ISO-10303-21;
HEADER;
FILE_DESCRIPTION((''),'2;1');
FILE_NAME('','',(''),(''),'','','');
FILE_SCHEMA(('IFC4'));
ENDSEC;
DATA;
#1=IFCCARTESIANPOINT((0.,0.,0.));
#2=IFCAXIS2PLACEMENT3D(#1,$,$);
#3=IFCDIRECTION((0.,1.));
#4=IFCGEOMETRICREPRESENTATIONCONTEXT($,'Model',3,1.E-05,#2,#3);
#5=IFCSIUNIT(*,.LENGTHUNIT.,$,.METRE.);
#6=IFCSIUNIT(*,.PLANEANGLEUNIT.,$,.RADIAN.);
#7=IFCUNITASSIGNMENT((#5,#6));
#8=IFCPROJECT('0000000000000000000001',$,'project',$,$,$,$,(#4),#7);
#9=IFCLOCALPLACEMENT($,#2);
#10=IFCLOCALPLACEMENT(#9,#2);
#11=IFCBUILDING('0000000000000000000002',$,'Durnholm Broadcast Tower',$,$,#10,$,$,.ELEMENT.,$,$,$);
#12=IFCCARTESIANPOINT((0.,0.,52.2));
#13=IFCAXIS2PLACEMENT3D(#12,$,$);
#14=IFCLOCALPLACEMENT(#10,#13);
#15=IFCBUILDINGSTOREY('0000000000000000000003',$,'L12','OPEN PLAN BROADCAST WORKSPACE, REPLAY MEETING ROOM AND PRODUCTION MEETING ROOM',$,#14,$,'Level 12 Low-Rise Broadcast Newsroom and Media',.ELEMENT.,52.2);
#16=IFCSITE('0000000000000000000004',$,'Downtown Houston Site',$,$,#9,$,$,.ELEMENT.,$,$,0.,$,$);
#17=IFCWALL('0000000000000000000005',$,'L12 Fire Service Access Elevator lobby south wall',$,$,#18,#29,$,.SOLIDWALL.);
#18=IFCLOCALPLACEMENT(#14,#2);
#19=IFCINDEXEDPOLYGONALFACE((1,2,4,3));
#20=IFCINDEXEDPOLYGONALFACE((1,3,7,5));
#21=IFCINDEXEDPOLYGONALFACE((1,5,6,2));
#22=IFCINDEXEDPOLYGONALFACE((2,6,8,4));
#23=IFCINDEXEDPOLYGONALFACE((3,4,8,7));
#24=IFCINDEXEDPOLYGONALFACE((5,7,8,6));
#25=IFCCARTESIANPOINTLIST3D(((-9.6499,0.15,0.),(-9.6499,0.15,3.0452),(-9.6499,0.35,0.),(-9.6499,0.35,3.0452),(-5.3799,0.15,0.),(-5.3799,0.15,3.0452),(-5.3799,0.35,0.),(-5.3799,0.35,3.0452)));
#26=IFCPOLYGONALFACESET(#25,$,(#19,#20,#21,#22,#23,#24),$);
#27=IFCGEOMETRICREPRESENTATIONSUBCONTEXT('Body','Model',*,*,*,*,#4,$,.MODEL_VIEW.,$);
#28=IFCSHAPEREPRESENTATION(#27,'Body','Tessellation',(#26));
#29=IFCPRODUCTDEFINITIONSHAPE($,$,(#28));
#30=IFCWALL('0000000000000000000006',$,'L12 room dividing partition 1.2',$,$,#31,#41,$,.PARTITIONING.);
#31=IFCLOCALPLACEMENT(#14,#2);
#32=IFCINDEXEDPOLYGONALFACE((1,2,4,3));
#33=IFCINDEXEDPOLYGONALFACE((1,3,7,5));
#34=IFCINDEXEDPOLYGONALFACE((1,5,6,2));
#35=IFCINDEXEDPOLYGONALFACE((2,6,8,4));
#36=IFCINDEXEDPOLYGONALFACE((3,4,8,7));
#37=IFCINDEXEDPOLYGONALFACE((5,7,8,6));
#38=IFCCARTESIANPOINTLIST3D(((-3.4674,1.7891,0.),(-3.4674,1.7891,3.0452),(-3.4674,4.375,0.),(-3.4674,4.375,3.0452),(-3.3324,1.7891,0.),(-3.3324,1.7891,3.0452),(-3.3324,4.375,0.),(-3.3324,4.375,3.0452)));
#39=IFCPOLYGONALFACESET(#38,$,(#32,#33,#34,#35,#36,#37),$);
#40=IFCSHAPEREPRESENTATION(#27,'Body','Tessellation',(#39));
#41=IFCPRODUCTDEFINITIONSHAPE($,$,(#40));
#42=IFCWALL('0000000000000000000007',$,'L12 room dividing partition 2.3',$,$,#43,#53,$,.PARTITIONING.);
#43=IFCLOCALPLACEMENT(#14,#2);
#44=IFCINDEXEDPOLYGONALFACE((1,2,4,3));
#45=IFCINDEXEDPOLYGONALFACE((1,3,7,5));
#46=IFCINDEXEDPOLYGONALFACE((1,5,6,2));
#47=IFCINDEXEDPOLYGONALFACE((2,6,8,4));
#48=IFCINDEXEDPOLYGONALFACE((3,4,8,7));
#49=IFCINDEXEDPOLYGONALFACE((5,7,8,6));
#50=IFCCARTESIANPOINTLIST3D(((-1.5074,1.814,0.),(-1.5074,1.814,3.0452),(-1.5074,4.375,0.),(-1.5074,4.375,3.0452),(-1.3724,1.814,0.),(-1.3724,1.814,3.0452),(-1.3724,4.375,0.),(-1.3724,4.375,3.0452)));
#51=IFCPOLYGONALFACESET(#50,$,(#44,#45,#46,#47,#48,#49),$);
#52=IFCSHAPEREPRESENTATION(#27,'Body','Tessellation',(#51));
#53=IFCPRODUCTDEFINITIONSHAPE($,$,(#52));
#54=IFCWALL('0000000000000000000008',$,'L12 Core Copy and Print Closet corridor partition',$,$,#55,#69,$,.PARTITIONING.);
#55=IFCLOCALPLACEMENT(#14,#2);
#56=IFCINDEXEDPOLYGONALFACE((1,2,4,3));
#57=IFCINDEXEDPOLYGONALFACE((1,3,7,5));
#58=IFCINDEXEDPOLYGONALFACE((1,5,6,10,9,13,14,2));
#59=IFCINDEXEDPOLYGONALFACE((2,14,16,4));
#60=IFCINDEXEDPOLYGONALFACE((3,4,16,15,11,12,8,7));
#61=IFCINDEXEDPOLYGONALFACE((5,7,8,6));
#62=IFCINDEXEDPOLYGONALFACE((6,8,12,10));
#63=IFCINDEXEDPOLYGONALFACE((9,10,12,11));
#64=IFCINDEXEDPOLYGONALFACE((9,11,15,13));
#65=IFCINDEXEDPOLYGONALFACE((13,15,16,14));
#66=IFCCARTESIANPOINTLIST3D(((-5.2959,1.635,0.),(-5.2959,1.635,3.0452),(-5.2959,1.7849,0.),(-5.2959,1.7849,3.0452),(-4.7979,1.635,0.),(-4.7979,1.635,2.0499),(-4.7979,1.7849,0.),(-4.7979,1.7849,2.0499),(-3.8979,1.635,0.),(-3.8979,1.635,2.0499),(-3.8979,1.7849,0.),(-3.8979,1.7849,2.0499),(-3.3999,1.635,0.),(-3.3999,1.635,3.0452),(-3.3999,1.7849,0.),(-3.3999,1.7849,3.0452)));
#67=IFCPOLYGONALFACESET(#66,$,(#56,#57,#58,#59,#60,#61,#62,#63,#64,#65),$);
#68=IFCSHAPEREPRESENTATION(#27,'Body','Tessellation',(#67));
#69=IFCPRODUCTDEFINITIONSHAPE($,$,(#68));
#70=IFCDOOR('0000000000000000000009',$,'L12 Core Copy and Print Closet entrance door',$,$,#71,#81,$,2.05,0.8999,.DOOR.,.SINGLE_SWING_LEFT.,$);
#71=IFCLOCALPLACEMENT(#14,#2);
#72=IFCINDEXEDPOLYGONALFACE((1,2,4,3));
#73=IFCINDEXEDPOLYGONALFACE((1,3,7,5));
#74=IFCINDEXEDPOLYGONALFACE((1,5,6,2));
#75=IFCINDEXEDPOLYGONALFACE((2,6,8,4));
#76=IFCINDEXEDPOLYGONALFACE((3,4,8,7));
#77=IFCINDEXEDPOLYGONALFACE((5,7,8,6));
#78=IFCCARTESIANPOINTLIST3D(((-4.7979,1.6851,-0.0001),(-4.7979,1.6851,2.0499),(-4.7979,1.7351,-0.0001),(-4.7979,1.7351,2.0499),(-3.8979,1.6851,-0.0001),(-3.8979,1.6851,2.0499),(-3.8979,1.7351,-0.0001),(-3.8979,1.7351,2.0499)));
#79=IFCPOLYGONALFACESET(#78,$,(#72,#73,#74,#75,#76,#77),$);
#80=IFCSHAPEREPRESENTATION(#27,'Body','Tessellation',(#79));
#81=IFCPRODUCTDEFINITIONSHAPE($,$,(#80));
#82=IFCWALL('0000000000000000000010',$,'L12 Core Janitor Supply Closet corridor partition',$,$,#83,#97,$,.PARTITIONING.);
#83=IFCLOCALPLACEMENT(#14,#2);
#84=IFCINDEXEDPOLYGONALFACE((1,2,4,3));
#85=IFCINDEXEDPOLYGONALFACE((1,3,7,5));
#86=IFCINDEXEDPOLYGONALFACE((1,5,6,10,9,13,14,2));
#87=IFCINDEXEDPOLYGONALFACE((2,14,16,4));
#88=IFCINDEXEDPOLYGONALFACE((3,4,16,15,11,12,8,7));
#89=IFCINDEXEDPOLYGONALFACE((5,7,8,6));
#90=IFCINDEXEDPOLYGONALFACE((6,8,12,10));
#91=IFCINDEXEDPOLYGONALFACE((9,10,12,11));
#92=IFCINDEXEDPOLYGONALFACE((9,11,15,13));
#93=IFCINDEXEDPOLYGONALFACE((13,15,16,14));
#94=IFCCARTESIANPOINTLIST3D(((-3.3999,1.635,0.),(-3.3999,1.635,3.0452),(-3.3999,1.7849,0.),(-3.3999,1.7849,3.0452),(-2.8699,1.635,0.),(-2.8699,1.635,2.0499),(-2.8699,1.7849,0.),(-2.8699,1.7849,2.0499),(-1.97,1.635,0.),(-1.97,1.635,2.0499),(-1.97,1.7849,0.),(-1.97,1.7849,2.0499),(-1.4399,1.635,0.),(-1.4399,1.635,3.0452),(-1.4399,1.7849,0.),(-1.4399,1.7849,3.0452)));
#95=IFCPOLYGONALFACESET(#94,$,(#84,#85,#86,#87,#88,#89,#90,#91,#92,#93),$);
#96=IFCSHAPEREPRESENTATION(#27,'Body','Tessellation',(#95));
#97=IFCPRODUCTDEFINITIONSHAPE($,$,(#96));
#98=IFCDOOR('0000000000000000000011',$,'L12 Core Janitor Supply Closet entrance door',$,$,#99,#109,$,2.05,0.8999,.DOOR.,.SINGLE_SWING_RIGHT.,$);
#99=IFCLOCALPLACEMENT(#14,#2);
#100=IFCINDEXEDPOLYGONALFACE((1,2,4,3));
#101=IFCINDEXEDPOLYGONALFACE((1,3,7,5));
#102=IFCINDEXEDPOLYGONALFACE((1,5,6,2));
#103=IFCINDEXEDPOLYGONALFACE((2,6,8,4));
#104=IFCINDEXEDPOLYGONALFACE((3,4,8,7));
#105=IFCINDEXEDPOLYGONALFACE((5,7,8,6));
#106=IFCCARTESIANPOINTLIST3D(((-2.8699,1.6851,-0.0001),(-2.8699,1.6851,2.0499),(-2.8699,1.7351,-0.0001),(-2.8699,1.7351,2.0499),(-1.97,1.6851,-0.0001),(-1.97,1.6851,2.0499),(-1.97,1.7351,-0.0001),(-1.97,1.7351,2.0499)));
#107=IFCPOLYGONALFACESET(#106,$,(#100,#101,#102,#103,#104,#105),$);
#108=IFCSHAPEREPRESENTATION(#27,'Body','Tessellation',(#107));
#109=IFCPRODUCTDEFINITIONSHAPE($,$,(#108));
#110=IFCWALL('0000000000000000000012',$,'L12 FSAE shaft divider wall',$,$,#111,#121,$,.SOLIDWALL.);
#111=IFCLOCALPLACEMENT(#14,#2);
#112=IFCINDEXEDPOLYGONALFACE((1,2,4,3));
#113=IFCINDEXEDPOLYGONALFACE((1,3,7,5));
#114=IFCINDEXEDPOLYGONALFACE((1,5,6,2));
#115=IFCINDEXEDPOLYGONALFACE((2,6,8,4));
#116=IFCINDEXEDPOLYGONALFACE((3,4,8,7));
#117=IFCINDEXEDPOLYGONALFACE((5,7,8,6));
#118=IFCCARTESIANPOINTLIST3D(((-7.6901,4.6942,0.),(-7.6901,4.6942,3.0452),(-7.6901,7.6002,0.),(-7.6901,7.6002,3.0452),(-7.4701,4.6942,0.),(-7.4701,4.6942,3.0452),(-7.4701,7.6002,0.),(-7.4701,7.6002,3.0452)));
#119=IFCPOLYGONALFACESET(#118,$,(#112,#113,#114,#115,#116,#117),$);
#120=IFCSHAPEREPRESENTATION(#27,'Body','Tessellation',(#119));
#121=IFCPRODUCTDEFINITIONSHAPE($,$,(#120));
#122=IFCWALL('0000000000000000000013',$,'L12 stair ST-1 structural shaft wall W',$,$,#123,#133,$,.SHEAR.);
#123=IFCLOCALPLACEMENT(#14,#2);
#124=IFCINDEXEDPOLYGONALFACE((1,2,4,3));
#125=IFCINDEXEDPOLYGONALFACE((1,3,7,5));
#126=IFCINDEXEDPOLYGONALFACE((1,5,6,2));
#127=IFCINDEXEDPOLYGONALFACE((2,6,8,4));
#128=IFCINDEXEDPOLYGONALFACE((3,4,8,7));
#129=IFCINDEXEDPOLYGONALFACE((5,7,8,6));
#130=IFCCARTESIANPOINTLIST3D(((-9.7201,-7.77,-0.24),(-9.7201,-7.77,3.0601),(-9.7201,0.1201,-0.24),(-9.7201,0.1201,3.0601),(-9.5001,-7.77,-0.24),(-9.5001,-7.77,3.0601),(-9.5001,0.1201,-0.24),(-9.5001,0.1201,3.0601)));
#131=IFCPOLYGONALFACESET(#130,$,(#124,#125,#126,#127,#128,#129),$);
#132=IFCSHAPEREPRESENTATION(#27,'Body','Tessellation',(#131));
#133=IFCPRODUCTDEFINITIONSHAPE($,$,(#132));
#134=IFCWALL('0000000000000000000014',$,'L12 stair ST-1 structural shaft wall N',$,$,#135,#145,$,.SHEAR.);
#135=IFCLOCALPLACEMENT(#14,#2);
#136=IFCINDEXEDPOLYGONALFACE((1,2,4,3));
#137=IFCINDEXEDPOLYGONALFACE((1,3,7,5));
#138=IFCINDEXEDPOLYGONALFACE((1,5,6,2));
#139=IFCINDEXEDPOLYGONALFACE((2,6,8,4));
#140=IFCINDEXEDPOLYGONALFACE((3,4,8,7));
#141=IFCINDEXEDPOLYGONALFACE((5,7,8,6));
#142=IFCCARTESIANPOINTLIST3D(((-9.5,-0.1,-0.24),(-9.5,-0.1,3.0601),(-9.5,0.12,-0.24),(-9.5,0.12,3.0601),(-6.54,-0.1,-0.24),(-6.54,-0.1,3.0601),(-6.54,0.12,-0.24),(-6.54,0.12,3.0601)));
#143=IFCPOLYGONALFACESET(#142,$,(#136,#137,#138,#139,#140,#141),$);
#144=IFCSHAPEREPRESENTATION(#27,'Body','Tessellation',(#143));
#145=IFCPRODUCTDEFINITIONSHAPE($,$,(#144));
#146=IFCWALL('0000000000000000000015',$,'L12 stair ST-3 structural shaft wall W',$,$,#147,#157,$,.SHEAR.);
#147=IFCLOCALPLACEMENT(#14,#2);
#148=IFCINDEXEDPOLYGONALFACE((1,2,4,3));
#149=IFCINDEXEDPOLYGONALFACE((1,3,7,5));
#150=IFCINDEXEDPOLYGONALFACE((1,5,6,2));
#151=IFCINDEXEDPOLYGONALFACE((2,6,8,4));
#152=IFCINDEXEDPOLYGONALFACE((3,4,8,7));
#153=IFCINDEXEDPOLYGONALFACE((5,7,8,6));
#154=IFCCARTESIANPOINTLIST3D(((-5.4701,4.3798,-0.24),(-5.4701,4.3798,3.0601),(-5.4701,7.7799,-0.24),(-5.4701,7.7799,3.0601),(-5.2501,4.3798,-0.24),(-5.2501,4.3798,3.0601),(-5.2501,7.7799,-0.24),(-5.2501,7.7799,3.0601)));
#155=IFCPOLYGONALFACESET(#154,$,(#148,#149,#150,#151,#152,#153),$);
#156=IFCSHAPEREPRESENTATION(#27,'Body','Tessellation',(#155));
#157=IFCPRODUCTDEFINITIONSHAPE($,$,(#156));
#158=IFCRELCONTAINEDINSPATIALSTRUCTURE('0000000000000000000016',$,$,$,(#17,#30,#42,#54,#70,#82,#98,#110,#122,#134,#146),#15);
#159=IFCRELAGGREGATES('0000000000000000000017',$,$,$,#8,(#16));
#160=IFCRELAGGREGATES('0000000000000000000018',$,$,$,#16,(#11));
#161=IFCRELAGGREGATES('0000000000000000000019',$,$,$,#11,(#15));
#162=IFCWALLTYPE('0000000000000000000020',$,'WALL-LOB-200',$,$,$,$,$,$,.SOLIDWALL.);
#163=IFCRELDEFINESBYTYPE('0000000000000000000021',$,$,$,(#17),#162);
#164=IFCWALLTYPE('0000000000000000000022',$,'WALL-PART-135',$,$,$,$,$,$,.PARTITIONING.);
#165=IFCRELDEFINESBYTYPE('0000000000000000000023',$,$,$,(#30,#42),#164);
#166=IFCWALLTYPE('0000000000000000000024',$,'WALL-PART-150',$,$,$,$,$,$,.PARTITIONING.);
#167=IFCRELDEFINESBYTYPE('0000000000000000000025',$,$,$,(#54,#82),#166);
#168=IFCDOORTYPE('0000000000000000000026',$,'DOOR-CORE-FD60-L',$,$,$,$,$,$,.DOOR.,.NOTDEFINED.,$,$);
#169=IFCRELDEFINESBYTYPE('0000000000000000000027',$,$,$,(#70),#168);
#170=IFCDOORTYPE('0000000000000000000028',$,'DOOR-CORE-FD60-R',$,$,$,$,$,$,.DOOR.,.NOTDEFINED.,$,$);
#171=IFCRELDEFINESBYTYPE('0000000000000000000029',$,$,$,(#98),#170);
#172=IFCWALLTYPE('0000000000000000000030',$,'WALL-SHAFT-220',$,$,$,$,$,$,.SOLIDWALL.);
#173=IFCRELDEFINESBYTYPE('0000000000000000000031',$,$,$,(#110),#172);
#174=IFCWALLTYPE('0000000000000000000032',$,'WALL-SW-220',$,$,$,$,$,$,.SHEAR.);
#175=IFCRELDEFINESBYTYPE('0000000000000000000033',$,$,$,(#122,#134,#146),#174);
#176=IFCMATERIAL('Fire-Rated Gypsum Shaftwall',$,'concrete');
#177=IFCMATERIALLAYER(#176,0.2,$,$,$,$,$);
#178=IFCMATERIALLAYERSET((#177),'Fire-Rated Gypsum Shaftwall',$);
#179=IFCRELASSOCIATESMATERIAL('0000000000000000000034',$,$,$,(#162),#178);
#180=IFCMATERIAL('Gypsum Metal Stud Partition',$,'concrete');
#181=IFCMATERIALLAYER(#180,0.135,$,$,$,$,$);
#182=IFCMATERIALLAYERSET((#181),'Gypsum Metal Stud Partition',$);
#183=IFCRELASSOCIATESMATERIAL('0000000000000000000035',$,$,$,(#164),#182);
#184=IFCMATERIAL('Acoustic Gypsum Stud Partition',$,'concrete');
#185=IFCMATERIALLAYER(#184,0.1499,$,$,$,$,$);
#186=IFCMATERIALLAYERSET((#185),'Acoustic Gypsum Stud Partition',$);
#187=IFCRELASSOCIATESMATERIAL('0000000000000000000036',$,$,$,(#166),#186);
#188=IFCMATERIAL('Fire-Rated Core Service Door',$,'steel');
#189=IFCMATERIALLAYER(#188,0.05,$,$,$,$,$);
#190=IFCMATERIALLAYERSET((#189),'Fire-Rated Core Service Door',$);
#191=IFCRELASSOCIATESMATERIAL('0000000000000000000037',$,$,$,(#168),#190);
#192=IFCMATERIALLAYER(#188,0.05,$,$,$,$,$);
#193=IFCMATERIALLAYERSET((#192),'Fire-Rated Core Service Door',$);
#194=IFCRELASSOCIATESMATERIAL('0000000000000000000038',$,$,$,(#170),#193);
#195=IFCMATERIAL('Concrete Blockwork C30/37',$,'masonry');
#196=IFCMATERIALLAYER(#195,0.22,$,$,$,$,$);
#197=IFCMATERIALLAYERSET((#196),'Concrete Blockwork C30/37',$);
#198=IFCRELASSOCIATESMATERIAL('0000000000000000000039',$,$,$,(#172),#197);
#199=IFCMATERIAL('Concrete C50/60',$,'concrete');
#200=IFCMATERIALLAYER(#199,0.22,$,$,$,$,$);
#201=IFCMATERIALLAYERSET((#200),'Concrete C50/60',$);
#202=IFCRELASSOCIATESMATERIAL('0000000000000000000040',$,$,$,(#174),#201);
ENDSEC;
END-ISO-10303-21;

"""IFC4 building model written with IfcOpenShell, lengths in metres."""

from ifc_helpers import new_model, si_unit, direction, frame, frame_2d, origin, place, context, subcontext, project, spatial, rectangle, extrude, source, transform, mapped, material, layer, layer_set, type_object, type_shapes, element, fill, save


model = new_model("IFC4")

# Units and contexts
model_context = context("Model", 3, precision=1e-05, world=origin(), true_north=direction((0.0, 1.0)))
body_context = subcontext(model_context, "Body", "Model", "MODEL_VIEW")
ifc_project = project(units=[si_unit("LENGTHUNIT", "METRE"), si_unit("PLANEANGLEUNIT", "RADIAN")], contexts=[model_context])

# Site, building, storey
site_placement = place(None, origin())
site = spatial("IfcSite", under=ifc_project, at=site_placement, Name="Downtown Houston Site", CompositionType="ELEMENT", RefElevation=0.0)
building_placement = place(site_placement, origin())
building = spatial("IfcBuilding", under=site, at=building_placement, Name="Durnholm Broadcast Tower", CompositionType="ELEMENT")
storey_placement = place(building_placement, frame((0.0, 0.0, 52.2)))
storey = spatial("IfcBuildingStorey", under=building, at=storey_placement, Name="L12", Description="OPEN PLAN BROADCAST WORKSPACE, REPLAY MEETING ROOM AND PRODUCTION MEETING ROOM", LongName="Level 12 Low-Rise Broadcast Newsroom and Media", CompositionType="ELEMENT", Elevation=52.2)

# Shared definitions
ifc_material_1 = material(Name="Concrete C50/60", Category="concrete")

# Wall
ifc_material_2 = material(Name="Fire-Rated Gypsum Shaftwall", Category="concrete")
ifc_layer_1 = layer(ifc_material_2, 0.2)
ifc_layer_set_1 = layer_set([ifc_layer_1], Name="Fire-Rated Gypsum Shaftwall")
wall_type_1 = type_object("IfcWallType", Name="WALL-LOB-200", PredefinedType="SOLIDWALL", material=ifc_layer_set_1)
wall_1_placement = place(storey_placement, frame((-9.6499, 0.25, 0.0), z_axis=(0.0, 0.0, 1.0), x_axis=(1.0, 0.0, 0.0)))
element("IfcWall", 1, at=wall_1_placement, inside=storey, type_object=wall_type_1, Name="L12 Fire Service Access Elevator lobby south wall", PredefinedType="SOLIDWALL", context=body_context, shape_type="SweptSolid", body=[
    extrude(rectangle(XDim=4.27, YDim=0.2, at=frame_2d((2.135, 0.0))), origin(), (0.0, 0.0, 1.0), 3.0452),
])

# Walls
ifc_material_3 = material(Name="Gypsum Metal Stud Partition", Category="concrete")
ifc_layer_2 = layer(ifc_material_3, 0.135)
ifc_layer_set_2 = layer_set([ifc_layer_2], Name="Gypsum Metal Stud Partition")
wall_type_2 = type_object("IfcWallType", Name="WALL-PART-135", PredefinedType="PARTITIONING", material=ifc_layer_set_2)
wall_2_placement = place(storey_placement, frame((-3.3999, 4.375, 0.0), z_axis=(0.0, 0.0, 1.0), x_axis=(0.0, -1.0, 0.0)))
element("IfcWall", 2, at=wall_2_placement, inside=storey, type_object=wall_type_2, Name="L12 room dividing partition 1.2", PredefinedType="PARTITIONING", context=body_context, shape_type="SweptSolid", body=[
    extrude(rectangle(XDim=2.5859, YDim=0.135, at=frame_2d((1.293, 0.0))), origin(), (0.0, 0.0, 1.0), 3.0452),
])
wall_3_placement = place(storey_placement, frame((-1.4399, 4.375, 0.0), z_axis=(0.0, 0.0, 1.0), x_axis=(0.0, -1.0, 0.0)))
element("IfcWall", 3, at=wall_3_placement, inside=storey, type_object=wall_type_2, Name="L12 room dividing partition 2.3", PredefinedType="PARTITIONING", context=body_context, shape_type="SweptSolid", body=[
    extrude(rectangle(XDim=2.561, YDim=0.135, at=frame_2d((1.2805, 0.0))), origin(), (0.0, 0.0, 1.0), 3.0452),
])

# Walls, openings, doors
ifc_material_4 = material(Name="Acoustic Gypsum Stud Partition", Category="concrete")
ifc_layer_3 = layer(ifc_material_4, 0.1499)
ifc_layer_set_3 = layer_set([ifc_layer_3], Name="Acoustic Gypsum Stud Partition")
wall_type_3 = type_object("IfcWallType", Name="WALL-PART-150", PredefinedType="PARTITIONING", material=ifc_layer_set_3)
wall_4_placement = place(storey_placement, frame((-3.3999, 1.71, 0.0), z_axis=(0.0, 0.0, 1.0), x_axis=(-1.0, 0.0, 0.0)))
wall_4 = element("IfcWall", 4, at=wall_4_placement, inside=storey, type_object=wall_type_3, Name="L12 Core Copy and Print Closet corridor partition", PredefinedType="PARTITIONING", context=body_context, shape_type="SweptSolid", body=[
    extrude(rectangle(XDim=1.896, YDim=0.1499, at=frame_2d((0.948, 0.0))), origin(), (0.0, 0.0, 1.0), 3.0452),
])
opening_1_placement = place(wall_4_placement, frame((0.498, 0.0, 0.0)))
opening_1 = element("IfcOpeningElement", 5, at=opening_1_placement, cuts=wall_4, PredefinedType="OPENING", context=body_context, shape_type="SweptSolid", body=[
    extrude(rectangle(XDim=0.8999, YDim=2.05, at=frame_2d((0.45, 1.0249))), frame((0.0, 0.085, 0.0), z_axis=(0.0, -1.0, 0.0), x_axis=(1.0, 0.0, 0.0)), (0.0, 0.0, 1.0), 0.1699),
])
ifc_material_5 = material(Name="Fire-Rated Core Service Door", Category="steel")
ifc_layer_4 = layer(ifc_material_5, 0.05)
ifc_layer_set_4 = layer_set([ifc_layer_4], Name="Fire-Rated Core Service Door")
door_type_1 = type_object("IfcDoorType", Name="DOOR-CORE-FD60-L", OperationType="NOTDEFINED", PredefinedType="DOOR", material=ifc_layer_set_4)
shared_shape_1 = source(origin(), body_context, "Body", "SweptSolid", [
    extrude(rectangle(XDim=0.8999, YDim=2.05, at=frame_2d((0.45, 1.0249))), frame((0.0, 0.0249, 0.0), z_axis=(0.0, -1.0, 0.0), x_axis=(1.0, 0.0, 0.0)), (0.0, 0.0, 1.0), 0.05),
])
type_shapes(door_type_1, [shared_shape_1])
door_1_placement = place(opening_1_placement, origin())
door_1 = element("IfcDoor", 6, at=door_1_placement, inside=storey, type_object=door_type_1, Name="L12 Core Copy and Print Closet entrance door", OperationType="SINGLE_SWING_LEFT", OverallHeight=2.05, OverallWidth=0.8999, PredefinedType="DOOR", context=body_context, shape_type="MappedRepresentation", body=[
    mapped(shared_shape_1, transform((0.0, 0.0, 0.0), x_axis=(1.0, 0.0, 0.0), y_axis=(0.0, 1.0, 0.0), z_axis=(0.0, 0.0, 1.0), scale=1.0)),
])
fill(opening_1, door_1)
wall_5_placement = place(storey_placement, frame((-1.4399, 1.71, 0.0), z_axis=(0.0, 0.0, 1.0), x_axis=(-1.0, 0.0, 0.0)))
wall_5 = element("IfcWall", 7, at=wall_5_placement, inside=storey, type_object=wall_type_3, Name="L12 Core Janitor Supply Closet corridor partition", PredefinedType="PARTITIONING", context=body_context, shape_type="SweptSolid", body=[
    extrude(rectangle(XDim=1.96, YDim=0.1499, at=frame_2d((0.98, 0.0))), origin(), (0.0, 0.0, 1.0), 3.0452),
])
opening_2_placement = place(wall_5_placement, frame((0.53, 0.0, 0.0)))
opening_2 = element("IfcOpeningElement", 8, at=opening_2_placement, cuts=wall_5, PredefinedType="OPENING", context=body_context, shape_type="SweptSolid", body=[
    extrude(rectangle(XDim=0.8999, YDim=2.05, at=frame_2d((0.45, 1.0249))), frame((0.0, 0.085, 0.0), z_axis=(0.0, -1.0, 0.0), x_axis=(1.0, 0.0, 0.0)), (0.0, 0.0, 1.0), 0.1699),
])
ifc_layer_5 = layer(ifc_material_5, 0.05)
ifc_layer_set_5 = layer_set([ifc_layer_5], Name="Fire-Rated Core Service Door")
door_type_2 = type_object("IfcDoorType", Name="DOOR-CORE-FD60-R", OperationType="NOTDEFINED", PredefinedType="DOOR", material=ifc_layer_set_5)
shared_shape_2 = source(origin(), body_context, "Body", "SweptSolid", [
    extrude(rectangle(XDim=0.8999, YDim=2.05, at=frame_2d((0.45, 1.0249))), frame((0.0, 0.0249, 0.0), z_axis=(0.0, -1.0, 0.0), x_axis=(1.0, 0.0, 0.0)), (0.0, 0.0, 1.0), 0.05),
])
type_shapes(door_type_2, [shared_shape_2])
door_2_placement = place(opening_2_placement, origin())
door_2 = element("IfcDoor", 9, at=door_2_placement, inside=storey, type_object=door_type_2, Name="L12 Core Janitor Supply Closet entrance door", OperationType="SINGLE_SWING_RIGHT", OverallHeight=2.05, OverallWidth=0.8999, PredefinedType="DOOR", context=body_context, shape_type="MappedRepresentation", body=[
    mapped(shared_shape_2, transform((0.0, 0.0, 0.0), x_axis=(1.0, 0.0, 0.0), y_axis=(0.0, 1.0, 0.0), z_axis=(0.0, 0.0, 1.0), scale=1.0)),
])
fill(opening_2, door_2)

# Shared definitions
ifc_material_6 = material(Name="Concrete Blockwork C30/37", Category="masonry")
ifc_layer_6 = layer(ifc_material_6, 0.22)
ifc_layer_set_6 = layer_set([ifc_layer_6], Name="Concrete Blockwork C30/37")
wall_type_4 = type_object("IfcWallType", Name="WALL-SHAFT-220", PredefinedType="SOLIDWALL", material=ifc_layer_set_6)

# Walls
wall_6_placement = place(storey_placement, frame((-7.5801, 4.6941, 0.0), z_axis=(0.0, 0.0, 1.0), x_axis=(0.0, 1.0, 0.0)))
element("IfcWall", 10, at=wall_6_placement, inside=storey, type_object=wall_type_4, Name="L12 FSAE shaft divider wall", PredefinedType="SOLIDWALL", context=body_context, shape_type="SweptSolid", body=[
    extrude(rectangle(XDim=2.906, YDim=0.22, at=frame_2d((1.4531, 0.0))), origin(), (0.0, 0.0, 1.0), 3.0452),
])
ifc_layer_7 = layer(ifc_material_1, 0.22)
ifc_layer_set_7 = layer_set([ifc_layer_7], Name="Concrete C50/60")
wall_type_5 = type_object("IfcWallType", Name="WALL-SW-220", PredefinedType="SHEAR", material=ifc_layer_set_7)
wall_7_placement = place(storey_placement, frame((-9.6101, 0.1201, -0.24), z_axis=(0.0, 0.0, 1.0), x_axis=(0.0, -1.0, 0.0)))
element("IfcWall", 11, at=wall_7_placement, inside=storey, type_object=wall_type_5, Name="L12 stair ST-1 structural shaft wall W", PredefinedType="SHEAR", context=body_context, shape_type="SweptSolid", body=[
    extrude(rectangle(XDim=7.8901, YDim=0.22, at=frame_2d((3.9451, 0.0))), origin(), (0.0, 0.0, 1.0), 3.3),
])
wall_8_placement = place(storey_placement, frame((-6.54, 0.01, -0.24), z_axis=(0.0, 0.0, 1.0), x_axis=(-1.0, 0.0, 0.0)))
element("IfcWall", 12, at=wall_8_placement, inside=storey, type_object=wall_type_5, Name="L12 stair ST-1 structural shaft wall N", PredefinedType="SHEAR", context=body_context, shape_type="SweptSolid", body=[
    extrude(rectangle(XDim=2.96, YDim=0.22, at=frame_2d((1.48, 0.0))), origin(), (0.0, 0.0, 1.0), 3.3),
])
wall_9_placement = place(storey_placement, frame((-5.3601, 7.78, -0.24), z_axis=(0.0, 0.0, 1.0), x_axis=(0.0, -1.0, 0.0)))
element("IfcWall", 13, at=wall_9_placement, inside=storey, type_object=wall_type_5, Name="L12 stair ST-3 structural shaft wall W", PredefinedType="SHEAR", context=body_context, shape_type="SweptSolid", body=[
    extrude(rectangle(XDim=3.4001, YDim=0.22, at=frame_2d((1.7002, 0.0))), origin(), (0.0, 0.0, 1.0), 3.3),
])

save(model, "model.ifc")
